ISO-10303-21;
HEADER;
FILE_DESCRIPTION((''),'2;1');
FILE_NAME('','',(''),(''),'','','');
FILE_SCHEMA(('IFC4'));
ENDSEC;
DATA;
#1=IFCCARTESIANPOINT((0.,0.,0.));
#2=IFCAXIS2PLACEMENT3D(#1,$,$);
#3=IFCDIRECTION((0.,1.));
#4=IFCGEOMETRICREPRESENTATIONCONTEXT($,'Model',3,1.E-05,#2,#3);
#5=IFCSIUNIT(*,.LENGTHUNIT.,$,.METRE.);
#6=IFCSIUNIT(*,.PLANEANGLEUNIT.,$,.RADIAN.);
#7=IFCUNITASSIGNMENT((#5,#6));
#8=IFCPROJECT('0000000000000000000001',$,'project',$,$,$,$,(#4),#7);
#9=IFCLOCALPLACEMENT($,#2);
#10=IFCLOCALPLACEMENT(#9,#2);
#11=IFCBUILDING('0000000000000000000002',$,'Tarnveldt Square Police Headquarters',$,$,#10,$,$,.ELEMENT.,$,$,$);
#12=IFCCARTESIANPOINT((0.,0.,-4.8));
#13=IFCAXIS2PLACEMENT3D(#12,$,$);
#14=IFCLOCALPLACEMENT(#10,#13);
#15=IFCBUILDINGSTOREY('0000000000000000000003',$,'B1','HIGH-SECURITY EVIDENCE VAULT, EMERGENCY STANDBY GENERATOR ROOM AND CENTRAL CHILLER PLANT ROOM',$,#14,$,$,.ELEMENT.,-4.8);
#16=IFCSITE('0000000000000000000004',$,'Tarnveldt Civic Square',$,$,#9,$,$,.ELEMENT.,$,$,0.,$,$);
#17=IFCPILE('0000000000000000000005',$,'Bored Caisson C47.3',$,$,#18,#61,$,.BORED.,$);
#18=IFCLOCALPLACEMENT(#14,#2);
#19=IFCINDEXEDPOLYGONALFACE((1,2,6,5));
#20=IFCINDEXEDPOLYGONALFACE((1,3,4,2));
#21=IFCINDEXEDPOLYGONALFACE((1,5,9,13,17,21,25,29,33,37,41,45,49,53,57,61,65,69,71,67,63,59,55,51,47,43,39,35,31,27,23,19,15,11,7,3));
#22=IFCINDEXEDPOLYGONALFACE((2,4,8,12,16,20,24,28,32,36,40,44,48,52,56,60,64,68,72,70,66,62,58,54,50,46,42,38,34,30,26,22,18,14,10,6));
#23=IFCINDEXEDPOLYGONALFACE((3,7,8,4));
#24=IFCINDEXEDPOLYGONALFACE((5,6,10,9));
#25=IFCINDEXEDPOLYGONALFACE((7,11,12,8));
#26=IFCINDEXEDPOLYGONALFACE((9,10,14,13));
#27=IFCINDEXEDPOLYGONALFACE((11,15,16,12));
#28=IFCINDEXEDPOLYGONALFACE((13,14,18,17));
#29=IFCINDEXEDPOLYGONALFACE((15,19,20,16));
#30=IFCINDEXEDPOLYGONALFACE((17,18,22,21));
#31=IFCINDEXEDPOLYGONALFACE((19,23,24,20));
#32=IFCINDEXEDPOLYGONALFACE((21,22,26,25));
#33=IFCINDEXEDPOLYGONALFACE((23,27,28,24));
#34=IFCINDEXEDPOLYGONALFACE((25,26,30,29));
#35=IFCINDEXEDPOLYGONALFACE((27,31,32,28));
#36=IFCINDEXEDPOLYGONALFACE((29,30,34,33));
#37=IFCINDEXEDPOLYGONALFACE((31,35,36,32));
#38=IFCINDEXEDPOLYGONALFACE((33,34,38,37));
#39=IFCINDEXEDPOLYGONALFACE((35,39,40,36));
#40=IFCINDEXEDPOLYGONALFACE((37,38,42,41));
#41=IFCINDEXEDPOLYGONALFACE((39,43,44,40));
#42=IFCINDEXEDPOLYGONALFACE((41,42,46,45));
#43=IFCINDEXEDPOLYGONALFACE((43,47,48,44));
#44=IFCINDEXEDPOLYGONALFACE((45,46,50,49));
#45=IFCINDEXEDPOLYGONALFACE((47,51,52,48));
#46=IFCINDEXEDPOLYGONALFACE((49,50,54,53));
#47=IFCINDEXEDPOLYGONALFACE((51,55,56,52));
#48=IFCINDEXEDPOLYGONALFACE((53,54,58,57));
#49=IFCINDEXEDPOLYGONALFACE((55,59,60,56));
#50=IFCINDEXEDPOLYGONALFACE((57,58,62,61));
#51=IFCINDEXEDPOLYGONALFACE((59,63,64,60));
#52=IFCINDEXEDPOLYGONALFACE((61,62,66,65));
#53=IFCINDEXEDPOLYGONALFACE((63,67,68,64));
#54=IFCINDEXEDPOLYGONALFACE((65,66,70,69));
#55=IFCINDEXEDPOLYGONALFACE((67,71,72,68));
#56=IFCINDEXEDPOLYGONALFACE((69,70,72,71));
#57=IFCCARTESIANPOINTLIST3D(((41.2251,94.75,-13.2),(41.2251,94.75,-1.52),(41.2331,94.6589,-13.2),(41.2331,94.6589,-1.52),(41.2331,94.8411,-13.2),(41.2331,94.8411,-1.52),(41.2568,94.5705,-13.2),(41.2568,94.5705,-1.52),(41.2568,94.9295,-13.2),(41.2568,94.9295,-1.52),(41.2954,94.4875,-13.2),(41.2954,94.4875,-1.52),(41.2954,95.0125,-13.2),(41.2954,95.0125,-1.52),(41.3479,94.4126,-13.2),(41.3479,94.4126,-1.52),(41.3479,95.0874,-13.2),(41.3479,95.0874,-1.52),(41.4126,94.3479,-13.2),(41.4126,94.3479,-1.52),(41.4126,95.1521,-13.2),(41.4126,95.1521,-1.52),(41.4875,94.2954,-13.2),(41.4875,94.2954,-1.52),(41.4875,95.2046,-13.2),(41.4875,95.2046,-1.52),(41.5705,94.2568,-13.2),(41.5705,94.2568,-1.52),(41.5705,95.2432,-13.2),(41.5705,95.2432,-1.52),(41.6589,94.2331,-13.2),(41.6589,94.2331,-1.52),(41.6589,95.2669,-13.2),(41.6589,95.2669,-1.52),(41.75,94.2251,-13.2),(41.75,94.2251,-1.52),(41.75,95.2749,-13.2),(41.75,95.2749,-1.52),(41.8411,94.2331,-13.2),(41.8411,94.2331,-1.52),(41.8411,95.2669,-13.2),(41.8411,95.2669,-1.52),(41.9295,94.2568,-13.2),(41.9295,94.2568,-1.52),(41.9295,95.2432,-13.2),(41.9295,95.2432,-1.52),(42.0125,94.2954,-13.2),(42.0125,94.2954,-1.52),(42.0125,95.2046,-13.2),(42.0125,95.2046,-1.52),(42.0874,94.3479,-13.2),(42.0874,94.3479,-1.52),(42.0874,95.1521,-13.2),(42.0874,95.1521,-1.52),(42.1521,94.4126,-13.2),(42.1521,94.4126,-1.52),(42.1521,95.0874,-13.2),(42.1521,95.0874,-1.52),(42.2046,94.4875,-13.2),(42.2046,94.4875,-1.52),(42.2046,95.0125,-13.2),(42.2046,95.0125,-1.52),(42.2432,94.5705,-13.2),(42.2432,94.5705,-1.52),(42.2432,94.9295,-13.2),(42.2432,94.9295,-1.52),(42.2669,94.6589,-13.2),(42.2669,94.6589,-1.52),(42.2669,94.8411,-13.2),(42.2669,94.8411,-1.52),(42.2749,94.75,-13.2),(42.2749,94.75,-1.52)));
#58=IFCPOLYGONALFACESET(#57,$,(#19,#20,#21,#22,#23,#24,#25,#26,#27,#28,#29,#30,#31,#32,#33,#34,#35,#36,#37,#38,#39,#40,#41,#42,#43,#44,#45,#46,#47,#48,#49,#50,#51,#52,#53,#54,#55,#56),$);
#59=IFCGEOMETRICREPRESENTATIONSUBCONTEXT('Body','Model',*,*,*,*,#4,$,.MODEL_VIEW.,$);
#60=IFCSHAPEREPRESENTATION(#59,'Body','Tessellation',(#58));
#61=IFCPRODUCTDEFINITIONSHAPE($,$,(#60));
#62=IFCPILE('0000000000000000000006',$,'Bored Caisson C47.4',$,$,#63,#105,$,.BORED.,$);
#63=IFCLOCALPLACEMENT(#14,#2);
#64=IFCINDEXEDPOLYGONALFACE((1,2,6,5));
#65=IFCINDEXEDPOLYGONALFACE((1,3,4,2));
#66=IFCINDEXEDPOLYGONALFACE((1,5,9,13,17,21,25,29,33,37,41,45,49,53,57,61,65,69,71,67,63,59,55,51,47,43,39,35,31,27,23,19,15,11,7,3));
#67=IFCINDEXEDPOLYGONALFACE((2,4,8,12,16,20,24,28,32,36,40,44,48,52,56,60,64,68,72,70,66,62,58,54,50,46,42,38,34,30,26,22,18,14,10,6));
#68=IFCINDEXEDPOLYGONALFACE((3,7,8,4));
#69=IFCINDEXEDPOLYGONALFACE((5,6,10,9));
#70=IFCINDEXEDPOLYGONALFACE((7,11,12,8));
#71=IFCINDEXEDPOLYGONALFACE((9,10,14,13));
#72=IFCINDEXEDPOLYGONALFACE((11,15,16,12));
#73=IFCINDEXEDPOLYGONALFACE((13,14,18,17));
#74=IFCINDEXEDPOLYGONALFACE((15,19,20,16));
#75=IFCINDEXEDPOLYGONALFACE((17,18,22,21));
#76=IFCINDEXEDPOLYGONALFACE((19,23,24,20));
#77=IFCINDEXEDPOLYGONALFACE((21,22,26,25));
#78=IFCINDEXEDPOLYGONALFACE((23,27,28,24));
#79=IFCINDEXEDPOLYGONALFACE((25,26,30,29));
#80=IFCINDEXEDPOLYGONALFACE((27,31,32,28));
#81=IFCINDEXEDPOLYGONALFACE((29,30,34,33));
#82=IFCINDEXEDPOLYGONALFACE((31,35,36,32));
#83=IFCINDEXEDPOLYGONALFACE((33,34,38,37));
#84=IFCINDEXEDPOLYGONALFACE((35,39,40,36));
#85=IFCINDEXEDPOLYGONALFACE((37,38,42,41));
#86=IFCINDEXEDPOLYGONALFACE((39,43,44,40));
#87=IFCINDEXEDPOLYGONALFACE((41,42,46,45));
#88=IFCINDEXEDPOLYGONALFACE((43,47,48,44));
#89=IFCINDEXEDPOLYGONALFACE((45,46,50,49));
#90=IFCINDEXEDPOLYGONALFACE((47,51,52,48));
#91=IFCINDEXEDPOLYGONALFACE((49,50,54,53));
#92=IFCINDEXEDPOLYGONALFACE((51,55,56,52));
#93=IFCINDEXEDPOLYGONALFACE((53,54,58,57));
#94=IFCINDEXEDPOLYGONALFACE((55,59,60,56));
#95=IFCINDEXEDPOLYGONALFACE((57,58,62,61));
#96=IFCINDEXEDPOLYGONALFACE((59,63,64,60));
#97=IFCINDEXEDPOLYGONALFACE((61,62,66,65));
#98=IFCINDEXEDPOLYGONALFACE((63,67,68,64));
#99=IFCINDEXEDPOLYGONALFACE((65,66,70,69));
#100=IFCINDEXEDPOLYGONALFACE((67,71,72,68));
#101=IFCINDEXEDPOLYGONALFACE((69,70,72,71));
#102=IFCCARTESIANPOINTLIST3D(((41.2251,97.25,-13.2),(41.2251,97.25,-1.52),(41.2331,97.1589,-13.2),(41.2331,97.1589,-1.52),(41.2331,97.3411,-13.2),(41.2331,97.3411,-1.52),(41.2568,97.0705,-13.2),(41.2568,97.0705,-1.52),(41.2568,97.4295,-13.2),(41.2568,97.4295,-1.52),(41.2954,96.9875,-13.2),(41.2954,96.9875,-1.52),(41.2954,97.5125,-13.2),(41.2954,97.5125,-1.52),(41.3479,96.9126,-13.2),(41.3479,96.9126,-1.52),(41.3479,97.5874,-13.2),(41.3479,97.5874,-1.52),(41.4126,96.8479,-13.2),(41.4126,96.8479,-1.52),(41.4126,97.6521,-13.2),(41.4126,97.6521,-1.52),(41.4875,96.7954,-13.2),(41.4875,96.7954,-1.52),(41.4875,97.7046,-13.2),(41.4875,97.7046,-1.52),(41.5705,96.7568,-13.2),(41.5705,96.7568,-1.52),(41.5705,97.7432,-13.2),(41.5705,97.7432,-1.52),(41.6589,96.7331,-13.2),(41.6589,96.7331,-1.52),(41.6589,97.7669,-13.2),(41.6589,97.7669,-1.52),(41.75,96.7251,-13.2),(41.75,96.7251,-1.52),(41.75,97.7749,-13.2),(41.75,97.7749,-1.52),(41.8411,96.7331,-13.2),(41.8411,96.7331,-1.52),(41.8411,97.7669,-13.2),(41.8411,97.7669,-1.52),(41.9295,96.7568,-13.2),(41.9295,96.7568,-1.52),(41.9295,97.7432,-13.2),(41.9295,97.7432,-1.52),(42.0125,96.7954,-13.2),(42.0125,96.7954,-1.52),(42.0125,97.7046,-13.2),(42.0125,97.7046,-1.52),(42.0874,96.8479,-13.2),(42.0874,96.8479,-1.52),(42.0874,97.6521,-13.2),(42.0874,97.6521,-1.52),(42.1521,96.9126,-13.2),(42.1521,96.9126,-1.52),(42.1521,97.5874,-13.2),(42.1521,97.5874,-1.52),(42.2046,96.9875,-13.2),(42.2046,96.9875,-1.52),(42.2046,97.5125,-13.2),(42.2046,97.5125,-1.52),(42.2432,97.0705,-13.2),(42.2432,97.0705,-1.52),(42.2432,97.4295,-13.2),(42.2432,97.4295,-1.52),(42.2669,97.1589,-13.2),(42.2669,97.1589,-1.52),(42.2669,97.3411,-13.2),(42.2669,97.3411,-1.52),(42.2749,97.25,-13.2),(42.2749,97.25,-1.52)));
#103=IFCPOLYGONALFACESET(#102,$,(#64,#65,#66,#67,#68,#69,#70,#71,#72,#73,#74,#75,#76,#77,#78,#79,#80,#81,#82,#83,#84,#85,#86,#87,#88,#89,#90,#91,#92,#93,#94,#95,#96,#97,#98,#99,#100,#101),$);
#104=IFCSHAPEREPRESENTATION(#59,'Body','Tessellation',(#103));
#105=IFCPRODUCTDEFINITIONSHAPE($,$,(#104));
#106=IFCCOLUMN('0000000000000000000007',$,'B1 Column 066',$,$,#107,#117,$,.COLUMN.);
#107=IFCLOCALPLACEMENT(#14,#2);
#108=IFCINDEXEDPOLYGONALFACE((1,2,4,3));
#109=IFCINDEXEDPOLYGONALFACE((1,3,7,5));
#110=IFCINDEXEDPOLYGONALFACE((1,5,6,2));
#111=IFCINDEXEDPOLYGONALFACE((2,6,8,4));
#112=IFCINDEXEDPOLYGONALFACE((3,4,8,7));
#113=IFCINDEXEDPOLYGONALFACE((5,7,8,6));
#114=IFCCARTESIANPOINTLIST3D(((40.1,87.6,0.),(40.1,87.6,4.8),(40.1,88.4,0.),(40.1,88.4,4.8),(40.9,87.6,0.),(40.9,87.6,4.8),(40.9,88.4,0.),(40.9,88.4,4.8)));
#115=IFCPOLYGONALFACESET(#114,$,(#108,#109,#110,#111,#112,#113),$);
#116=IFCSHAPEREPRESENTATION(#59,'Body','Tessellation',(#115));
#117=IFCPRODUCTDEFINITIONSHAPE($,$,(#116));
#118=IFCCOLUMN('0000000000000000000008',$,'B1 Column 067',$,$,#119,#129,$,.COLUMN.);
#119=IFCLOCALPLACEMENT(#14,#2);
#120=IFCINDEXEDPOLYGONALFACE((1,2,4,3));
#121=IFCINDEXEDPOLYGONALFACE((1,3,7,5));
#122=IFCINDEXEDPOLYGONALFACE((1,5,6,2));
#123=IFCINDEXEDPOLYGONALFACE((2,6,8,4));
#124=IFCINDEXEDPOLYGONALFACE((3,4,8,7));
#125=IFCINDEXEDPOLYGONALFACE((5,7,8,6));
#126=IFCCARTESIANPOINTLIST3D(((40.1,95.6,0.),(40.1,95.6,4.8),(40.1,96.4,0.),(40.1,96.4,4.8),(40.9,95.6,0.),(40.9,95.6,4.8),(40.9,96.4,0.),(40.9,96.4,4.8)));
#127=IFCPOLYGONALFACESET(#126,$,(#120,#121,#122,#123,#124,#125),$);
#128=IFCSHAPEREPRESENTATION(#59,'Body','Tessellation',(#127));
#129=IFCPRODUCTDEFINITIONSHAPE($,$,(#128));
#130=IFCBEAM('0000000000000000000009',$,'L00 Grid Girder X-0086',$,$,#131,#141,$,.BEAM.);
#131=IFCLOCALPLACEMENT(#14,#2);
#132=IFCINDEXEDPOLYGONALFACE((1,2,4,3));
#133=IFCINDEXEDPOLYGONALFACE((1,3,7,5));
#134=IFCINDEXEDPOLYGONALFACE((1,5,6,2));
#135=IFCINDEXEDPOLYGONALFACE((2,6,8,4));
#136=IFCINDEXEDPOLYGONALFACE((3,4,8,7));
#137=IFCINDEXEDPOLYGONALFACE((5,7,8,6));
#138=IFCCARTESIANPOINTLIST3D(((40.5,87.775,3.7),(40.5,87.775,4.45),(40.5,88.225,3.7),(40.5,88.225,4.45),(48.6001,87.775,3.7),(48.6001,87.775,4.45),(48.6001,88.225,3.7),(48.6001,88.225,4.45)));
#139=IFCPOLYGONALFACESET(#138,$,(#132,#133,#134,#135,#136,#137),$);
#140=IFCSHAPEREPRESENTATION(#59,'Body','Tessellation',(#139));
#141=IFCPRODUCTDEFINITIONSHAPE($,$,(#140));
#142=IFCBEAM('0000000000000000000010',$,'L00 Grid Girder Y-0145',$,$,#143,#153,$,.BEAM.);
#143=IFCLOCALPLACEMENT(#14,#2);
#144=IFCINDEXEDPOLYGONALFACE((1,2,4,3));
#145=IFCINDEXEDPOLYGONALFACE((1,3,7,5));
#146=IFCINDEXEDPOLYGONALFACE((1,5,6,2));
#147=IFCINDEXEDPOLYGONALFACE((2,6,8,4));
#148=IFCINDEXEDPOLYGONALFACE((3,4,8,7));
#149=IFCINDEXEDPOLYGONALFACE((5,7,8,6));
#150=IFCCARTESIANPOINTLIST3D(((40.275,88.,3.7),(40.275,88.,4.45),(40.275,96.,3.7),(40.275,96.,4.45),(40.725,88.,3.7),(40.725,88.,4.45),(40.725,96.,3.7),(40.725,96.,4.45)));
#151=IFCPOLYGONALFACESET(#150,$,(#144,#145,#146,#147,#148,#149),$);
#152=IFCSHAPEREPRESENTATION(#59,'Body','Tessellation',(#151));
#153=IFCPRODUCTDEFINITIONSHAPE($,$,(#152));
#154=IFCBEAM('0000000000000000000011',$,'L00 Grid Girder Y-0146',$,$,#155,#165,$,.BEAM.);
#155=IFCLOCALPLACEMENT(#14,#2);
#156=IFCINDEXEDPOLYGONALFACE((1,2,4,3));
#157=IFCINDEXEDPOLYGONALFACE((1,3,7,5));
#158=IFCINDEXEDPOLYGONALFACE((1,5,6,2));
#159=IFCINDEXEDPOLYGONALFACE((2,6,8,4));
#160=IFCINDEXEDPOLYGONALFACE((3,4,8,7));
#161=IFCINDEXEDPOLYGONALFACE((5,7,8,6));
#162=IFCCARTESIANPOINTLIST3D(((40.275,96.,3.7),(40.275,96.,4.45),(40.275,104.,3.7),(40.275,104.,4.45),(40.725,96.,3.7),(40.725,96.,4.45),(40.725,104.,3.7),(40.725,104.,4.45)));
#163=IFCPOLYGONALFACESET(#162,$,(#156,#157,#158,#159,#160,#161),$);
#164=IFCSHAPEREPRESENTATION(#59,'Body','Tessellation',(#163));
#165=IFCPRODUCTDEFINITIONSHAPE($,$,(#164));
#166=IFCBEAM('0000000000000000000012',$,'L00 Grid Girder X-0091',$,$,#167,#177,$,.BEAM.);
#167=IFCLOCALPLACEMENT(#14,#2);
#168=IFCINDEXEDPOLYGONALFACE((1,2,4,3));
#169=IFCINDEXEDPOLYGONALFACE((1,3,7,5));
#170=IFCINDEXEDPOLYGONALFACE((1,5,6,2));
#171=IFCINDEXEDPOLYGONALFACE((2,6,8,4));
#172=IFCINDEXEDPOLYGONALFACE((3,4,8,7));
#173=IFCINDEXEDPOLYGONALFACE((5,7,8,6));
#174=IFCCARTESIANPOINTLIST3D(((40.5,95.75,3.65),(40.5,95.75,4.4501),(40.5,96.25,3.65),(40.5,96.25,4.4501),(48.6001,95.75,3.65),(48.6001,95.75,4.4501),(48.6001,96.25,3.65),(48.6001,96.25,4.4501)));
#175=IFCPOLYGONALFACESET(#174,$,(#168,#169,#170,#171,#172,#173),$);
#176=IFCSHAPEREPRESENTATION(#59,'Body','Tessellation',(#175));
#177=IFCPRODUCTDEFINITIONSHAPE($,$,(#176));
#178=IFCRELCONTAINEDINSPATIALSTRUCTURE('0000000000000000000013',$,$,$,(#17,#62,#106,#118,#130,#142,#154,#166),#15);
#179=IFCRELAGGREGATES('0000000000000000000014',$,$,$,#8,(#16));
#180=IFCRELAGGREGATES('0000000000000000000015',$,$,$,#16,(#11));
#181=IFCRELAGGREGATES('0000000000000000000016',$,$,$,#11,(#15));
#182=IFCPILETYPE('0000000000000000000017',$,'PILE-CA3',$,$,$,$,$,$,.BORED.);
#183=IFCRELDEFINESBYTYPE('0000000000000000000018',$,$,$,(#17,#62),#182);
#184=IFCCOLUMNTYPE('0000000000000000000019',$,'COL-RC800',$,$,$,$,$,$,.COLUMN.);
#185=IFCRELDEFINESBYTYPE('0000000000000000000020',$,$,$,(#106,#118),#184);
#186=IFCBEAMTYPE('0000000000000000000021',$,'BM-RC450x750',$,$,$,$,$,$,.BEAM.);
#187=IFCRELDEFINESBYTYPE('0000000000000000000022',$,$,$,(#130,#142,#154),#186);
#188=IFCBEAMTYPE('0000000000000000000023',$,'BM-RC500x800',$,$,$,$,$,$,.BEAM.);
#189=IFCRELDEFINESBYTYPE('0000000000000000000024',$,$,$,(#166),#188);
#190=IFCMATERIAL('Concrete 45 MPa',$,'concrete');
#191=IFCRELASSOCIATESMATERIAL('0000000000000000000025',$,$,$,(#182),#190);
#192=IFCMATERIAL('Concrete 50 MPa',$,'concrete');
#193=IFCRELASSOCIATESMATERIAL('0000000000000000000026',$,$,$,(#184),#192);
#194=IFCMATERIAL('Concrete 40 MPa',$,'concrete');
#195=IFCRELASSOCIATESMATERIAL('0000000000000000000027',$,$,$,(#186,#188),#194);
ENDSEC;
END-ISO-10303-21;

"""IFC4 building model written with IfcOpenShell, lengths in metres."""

from ifc_helpers import new_model, si_unit, direction, frame, origin, origin_2d, place, context, subcontext, project, spatial, rectangle, circle, extrude, material, material_profile, profile_set, type_object, element, save


model = new_model("IFC4")

# Units and contexts
model_context = context("Model", 3, precision=1e-05, world=origin(), true_north=direction((0.0, 1.0)))
body_context = subcontext(model_context, "Body", "Model", "MODEL_VIEW")
ifc_project = project(units=[si_unit("LENGTHUNIT", "METRE"), si_unit("PLANEANGLEUNIT", "RADIAN")], contexts=[model_context])

# Site, building, storey
site_placement = place(None, origin())
site = spatial("IfcSite", under=ifc_project, at=site_placement, Name="Tarnveldt Civic Square", CompositionType="ELEMENT", RefElevation=0.0)
building_placement = place(site_placement, origin())
building = spatial("IfcBuilding", under=site, at=building_placement, Name="Tarnveldt Square Police Headquarters", CompositionType="ELEMENT")
storey_placement = place(building_placement, frame((0.0, 0.0, -4.8)))
storey = spatial("IfcBuildingStorey", under=building, at=storey_placement, Name="B1", Description="HIGH-SECURITY EVIDENCE VAULT, EMERGENCY STANDBY GENERATOR ROOM AND CENTRAL CHILLER PLANT ROOM", CompositionType="ELEMENT", Elevation=-4.8)

# Shared definitions
ifc_material_1 = material(Name="Concrete 45 MPa", Category="concrete")

# Piles
ifc_material_profile_1 = material_profile(ifc_material_1, circle(Radius=0.5249, at=origin_2d()), Name="CAISSON-D1050")
ifc_profile_set_1 = profile_set([ifc_material_profile_1], Name="Concrete 45 MPa")
pile_type = type_object("IfcPileType", Name="PILE-CA3", PredefinedType="BORED", material=ifc_profile_set_1)
for number, where, z_axis, x_axis, name in (
    (1, (41.75, 94.75, -1.52), (0.0, 0.0, -1.0), (1.0, 0.0, 0.0), "Bored Caisson C47.3"),
    (2, (41.75, 97.25, -1.52), (0.0, 0.0, -1.0), (1.0, 0.0, 0.0), "Bored Caisson C47.4"),
):
    element("IfcPile", number, at=place(storey_placement, frame(where, z_axis=z_axis, x_axis=x_axis)), inside=storey, type_object=pile_type, Name=name, PredefinedType="BORED", context=body_context, shape_type="SweptSolid", body=[
        extrude(circle(Radius=0.5249, at=origin_2d()), origin(), (0.0, 0.0, 1.0), 11.6799),
    ])

# Columns
ifc_material_2 = material(Name="Concrete 50 MPa", Category="concrete")
ifc_material_profile_2 = material_profile(ifc_material_2, rectangle(XDim=0.8, YDim=0.8, at=origin_2d()), Name="RC-C800x800")
ifc_profile_set_2 = profile_set([ifc_material_profile_2], Name="Concrete 50 MPa")
column_type = type_object("IfcColumnType", Name="COL-RC800", PredefinedType="COLUMN", material=ifc_profile_set_2)
for number, where, z_axis, x_axis, name in (
    (3, (40.5, 88.0, 0.0), (0.0, 0.0, 1.0), (1.0, 0.0, 0.0), "B1 Column 066"),
    (4, (40.5, 96.0, 0.0), (0.0, 0.0, 1.0), (1.0, 0.0, 0.0), "B1 Column 067"),
):
    element("IfcColumn", number, at=place(storey_placement, frame(where, z_axis=z_axis, x_axis=x_axis)), inside=storey, type_object=column_type, Name=name, PredefinedType="COLUMN", context=body_context, shape_type="SweptSolid", body=[
        extrude(rectangle(XDim=0.8, YDim=0.8, at=origin_2d()), origin(), (0.0, 0.0, 1.0), 4.8),
    ])

# Beams
ifc_material_3 = material(Name="Concrete 40 MPa", Category="concrete")
ifc_material_profile_3 = material_profile(ifc_material_3, rectangle(XDim=0.45, YDim=0.75, at=origin_2d()), Name="RC-B450x750")
ifc_profile_set_3 = profile_set([ifc_material_profile_3], Name="Concrete 40 MPa")
beam_type_1 = type_object("IfcBeamType", Name="BM-RC450x750", PredefinedType="BEAM", material=ifc_profile_set_3)
beam_1_placement = place(storey_placement, frame((40.5, 88.0, 4.075), z_axis=(1.0, 0.0, 0.0), x_axis=(0.0, 1.0, 0.0)))
element("IfcBeam", 5, at=beam_1_placement, inside=storey, type_object=beam_type_1, Name="L00 Grid Girder X-0086", PredefinedType="BEAM", context=body_context, shape_type="SweptSolid", body=[
    extrude(rectangle(XDim=0.45, YDim=0.75, at=origin_2d()), origin(), (0.0, 0.0, 1.0), 8.1001),
])
for number, where, z_axis, x_axis, name in (
    (6, (40.5, 88.0, 4.075), (0.0, 1.0, 0.0), (-1.0, 0.0, 0.0), "L00 Grid Girder Y-0145"),
    (7, (40.5, 96.0, 4.075), (0.0, 1.0, 0.0), (-1.0, 0.0, 0.0), "L00 Grid Girder Y-0146"),
):
    element("IfcBeam", number, at=place(storey_placement, frame(where, z_axis=z_axis, x_axis=x_axis)), inside=storey, type_object=beam_type_1, Name=name, PredefinedType="BEAM", context=body_context, shape_type="SweptSolid", body=[
        extrude(rectangle(XDim=0.45, YDim=0.75, at=origin_2d()), origin(), (0.0, 0.0, 1.0), 8.0),
    ])
ifc_material_profile_4 = material_profile(ifc_material_3, rectangle(XDim=0.5, YDim=0.8, at=origin_2d()), Name="RC-B500x800")
ifc_profile_set_4 = profile_set([ifc_material_profile_4], Name="Concrete 40 MPa")
beam_type_2 = type_object("IfcBeamType", Name="BM-RC500x800", PredefinedType="BEAM", material=ifc_profile_set_4)
beam_2_placement = place(storey_placement, frame((40.5, 96.0, 4.05), z_axis=(1.0, 0.0, 0.0), x_axis=(0.0, 1.0, 0.0)))
element("IfcBeam", 8, at=beam_2_placement, inside=storey, type_object=beam_type_2, Name="L00 Grid Girder X-0091", PredefinedType="BEAM", context=body_context, shape_type="SweptSolid", body=[
    extrude(rectangle(XDim=0.5, YDim=0.8, at=origin_2d()), origin(), (0.0, 0.0, 1.0), 8.1001),
])

save(model, "model.ifc")
